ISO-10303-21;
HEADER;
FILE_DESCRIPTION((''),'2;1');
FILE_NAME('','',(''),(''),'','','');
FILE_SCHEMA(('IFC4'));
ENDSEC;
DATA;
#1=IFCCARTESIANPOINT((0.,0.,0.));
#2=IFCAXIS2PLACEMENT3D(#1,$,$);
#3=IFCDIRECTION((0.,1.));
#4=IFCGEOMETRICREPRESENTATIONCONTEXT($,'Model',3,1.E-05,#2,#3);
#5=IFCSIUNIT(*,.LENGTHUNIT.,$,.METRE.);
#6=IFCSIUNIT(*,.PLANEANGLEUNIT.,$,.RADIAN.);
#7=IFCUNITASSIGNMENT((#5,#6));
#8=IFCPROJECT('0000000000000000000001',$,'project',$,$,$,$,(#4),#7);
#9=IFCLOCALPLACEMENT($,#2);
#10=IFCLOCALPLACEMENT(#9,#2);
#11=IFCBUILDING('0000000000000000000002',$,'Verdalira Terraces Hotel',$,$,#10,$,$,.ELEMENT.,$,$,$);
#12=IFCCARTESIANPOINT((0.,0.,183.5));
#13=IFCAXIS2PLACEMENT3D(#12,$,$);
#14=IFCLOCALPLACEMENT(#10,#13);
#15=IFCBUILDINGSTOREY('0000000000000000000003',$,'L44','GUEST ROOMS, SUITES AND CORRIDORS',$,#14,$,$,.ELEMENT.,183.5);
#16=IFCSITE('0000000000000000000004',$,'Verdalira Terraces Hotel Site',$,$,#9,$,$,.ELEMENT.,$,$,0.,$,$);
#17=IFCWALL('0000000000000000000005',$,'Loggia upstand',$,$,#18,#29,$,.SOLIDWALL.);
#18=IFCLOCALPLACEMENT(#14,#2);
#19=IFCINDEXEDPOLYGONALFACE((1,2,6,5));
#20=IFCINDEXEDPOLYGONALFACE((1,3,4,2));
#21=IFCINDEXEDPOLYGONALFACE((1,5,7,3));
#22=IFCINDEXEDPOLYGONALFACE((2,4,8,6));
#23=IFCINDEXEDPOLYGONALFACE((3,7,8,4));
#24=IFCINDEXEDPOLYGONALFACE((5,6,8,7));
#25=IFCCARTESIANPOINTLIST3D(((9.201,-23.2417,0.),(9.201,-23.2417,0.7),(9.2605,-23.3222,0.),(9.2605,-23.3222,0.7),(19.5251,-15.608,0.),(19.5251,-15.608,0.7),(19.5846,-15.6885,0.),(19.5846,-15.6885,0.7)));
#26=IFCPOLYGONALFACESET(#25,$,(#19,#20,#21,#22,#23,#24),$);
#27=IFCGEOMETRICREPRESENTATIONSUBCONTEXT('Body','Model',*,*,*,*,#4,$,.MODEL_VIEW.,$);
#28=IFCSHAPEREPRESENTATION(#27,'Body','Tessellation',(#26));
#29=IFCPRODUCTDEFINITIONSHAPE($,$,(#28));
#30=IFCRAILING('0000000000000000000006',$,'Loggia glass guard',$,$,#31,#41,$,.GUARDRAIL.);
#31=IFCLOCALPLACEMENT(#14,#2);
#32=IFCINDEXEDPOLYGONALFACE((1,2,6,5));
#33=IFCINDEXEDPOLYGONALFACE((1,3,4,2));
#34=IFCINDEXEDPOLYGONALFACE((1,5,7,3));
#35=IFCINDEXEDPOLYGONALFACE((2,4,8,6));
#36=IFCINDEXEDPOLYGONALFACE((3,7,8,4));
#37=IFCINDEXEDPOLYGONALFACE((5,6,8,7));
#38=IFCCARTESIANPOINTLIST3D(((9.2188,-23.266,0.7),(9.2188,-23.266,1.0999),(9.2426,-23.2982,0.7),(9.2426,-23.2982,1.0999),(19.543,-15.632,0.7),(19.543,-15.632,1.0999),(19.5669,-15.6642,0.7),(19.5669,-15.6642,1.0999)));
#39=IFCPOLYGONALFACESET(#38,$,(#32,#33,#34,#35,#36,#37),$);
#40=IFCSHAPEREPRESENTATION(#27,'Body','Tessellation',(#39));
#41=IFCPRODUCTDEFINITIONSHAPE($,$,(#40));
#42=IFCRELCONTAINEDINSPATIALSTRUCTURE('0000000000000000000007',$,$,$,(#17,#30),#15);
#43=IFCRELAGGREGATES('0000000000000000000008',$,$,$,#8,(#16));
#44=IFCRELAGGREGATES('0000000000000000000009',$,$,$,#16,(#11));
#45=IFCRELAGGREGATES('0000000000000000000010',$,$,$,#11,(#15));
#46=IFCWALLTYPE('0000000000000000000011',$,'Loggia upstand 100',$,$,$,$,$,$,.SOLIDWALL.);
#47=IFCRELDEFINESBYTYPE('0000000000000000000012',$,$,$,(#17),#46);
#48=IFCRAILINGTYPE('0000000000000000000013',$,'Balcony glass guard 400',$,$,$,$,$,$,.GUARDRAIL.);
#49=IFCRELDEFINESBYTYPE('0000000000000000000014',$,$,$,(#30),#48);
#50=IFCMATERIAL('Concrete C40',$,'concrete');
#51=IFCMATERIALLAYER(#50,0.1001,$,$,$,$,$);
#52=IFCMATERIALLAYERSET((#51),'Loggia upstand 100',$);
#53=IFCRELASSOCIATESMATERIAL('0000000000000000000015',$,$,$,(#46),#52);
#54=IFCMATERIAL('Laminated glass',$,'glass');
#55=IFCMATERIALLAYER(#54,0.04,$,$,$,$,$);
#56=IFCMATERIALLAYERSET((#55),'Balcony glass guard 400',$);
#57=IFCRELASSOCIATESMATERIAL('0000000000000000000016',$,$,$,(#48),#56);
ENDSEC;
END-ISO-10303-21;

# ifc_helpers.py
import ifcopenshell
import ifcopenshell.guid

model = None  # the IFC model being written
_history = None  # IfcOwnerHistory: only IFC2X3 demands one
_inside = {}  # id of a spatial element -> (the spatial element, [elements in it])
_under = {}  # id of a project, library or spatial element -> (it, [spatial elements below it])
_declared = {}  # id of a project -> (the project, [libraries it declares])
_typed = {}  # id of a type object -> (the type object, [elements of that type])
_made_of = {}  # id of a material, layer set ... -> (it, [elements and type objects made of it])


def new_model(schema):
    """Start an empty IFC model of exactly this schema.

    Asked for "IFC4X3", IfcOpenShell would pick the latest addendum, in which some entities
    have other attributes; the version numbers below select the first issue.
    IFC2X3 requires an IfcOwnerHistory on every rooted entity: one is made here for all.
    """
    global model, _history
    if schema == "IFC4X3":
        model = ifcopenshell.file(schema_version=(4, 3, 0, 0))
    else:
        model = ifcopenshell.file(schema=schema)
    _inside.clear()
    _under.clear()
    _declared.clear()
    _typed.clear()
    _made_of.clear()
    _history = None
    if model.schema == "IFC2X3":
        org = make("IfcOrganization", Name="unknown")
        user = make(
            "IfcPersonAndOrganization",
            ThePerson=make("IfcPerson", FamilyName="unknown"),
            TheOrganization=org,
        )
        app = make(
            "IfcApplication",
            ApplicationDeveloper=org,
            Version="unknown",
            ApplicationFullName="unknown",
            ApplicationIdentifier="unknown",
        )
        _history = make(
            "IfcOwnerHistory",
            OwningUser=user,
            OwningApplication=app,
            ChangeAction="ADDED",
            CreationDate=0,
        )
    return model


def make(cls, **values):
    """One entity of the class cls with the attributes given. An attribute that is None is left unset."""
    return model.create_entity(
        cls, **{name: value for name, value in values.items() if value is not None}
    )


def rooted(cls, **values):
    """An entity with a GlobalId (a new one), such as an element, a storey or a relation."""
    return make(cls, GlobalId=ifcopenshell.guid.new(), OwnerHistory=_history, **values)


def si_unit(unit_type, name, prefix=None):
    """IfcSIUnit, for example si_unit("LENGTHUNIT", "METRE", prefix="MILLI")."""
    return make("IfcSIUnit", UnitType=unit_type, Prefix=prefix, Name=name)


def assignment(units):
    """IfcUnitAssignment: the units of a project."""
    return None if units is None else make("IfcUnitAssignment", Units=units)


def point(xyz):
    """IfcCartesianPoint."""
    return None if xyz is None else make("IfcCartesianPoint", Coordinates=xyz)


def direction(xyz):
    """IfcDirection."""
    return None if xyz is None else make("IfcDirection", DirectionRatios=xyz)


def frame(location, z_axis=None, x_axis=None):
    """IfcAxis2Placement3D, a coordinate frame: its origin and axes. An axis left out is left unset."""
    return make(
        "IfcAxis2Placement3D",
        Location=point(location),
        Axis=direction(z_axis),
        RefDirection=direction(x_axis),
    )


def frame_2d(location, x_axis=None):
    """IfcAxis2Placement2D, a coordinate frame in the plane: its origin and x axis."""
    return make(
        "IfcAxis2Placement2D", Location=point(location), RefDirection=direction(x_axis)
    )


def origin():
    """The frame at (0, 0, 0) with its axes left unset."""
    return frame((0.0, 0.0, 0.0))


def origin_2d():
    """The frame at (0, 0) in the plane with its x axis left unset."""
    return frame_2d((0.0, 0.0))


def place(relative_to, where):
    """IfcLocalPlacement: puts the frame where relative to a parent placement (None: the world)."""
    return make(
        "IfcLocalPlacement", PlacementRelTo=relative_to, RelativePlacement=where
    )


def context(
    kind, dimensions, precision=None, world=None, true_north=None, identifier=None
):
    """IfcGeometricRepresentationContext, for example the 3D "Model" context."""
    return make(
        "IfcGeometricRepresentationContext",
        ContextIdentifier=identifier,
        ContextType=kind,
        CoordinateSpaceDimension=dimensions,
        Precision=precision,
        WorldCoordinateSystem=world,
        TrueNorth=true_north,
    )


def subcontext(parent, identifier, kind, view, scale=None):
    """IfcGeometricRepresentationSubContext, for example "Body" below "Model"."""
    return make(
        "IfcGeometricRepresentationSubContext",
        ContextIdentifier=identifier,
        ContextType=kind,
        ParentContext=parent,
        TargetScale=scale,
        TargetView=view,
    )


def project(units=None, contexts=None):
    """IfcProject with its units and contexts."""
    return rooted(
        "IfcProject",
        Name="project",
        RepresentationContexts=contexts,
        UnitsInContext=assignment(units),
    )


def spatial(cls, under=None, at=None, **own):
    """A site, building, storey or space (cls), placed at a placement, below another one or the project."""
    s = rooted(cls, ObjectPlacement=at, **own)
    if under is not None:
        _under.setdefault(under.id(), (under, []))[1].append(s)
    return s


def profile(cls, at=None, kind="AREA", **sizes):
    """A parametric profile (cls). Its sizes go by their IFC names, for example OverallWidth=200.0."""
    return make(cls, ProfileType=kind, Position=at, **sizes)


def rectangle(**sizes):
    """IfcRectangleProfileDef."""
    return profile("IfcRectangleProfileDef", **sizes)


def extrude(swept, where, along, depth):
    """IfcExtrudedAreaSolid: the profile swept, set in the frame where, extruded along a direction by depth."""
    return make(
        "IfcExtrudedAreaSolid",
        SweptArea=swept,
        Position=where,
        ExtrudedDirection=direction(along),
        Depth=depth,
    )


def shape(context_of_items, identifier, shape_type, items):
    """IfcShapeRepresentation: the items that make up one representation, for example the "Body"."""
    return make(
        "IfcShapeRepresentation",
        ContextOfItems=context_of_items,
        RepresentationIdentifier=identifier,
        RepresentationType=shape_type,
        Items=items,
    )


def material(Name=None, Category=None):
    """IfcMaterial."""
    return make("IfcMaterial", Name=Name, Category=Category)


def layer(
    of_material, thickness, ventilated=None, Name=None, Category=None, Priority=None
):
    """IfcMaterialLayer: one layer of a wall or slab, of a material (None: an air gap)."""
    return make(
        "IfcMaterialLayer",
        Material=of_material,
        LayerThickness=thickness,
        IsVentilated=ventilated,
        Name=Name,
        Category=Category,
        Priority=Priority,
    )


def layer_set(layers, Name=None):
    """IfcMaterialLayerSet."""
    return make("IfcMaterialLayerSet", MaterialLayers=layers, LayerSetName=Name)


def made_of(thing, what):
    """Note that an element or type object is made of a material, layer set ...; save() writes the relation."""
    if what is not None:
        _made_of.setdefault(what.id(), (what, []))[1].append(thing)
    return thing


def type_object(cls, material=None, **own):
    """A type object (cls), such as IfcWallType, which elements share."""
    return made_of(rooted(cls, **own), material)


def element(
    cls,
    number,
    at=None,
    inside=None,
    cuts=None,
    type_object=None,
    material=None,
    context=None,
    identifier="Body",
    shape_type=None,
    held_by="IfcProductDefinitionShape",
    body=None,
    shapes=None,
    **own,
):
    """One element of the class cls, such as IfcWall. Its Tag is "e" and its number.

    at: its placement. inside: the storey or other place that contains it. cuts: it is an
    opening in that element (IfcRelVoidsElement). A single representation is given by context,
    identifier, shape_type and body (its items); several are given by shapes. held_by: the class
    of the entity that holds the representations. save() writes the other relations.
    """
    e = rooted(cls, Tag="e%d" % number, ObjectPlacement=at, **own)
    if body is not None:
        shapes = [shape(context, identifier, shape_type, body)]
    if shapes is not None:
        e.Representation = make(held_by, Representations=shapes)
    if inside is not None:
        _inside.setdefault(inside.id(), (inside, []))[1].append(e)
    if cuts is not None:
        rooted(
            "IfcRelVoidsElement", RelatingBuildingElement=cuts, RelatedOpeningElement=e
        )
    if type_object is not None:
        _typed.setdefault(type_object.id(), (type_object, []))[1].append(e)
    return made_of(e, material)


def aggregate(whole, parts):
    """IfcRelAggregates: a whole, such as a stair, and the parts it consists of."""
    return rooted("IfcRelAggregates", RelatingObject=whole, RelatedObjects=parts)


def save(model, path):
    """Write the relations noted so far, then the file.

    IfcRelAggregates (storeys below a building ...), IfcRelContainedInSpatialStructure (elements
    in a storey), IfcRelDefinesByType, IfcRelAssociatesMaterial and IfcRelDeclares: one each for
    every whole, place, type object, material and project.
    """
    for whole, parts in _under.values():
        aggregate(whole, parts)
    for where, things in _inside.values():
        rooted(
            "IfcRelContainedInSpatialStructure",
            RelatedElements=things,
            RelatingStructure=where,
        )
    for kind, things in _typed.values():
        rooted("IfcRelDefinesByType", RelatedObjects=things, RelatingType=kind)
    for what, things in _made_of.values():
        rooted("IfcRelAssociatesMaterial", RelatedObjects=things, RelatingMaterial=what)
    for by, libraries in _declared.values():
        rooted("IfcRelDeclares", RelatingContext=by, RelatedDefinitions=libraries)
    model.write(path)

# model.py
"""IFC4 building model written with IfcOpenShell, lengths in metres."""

from ifc_helpers import new_model, si_unit, direction, frame, frame_2d, origin, origin_2d, place, context, subcontext, project, spatial, rectangle, extrude, material, layer, layer_set, type_object, element, save


model = new_model("IFC4")

# Units and contexts
model_context = context("Model", 3, precision=1e-05, world=origin(), true_north=direction((0.0, 1.0)))
body_context = subcontext(model_context, "Body", "Model", "MODEL_VIEW")
ifc_project = project(units=[si_unit("LENGTHUNIT", "METRE"), si_unit("PLANEANGLEUNIT", "RADIAN")], contexts=[model_context])

# Site, building, storey
site_placement = place(None, origin())
site = spatial("IfcSite", under=ifc_project, at=site_placement, Name="Verdalira Terraces Hotel Site", CompositionType="ELEMENT", RefElevation=0.0)
building_placement = place(site_placement, origin())
building = spatial("IfcBuilding", under=site, at=building_placement, Name="Verdalira Terraces Hotel", CompositionType="ELEMENT")
storey_placement = place(building_placement, frame((0.0, 0.0, 183.5)))
storey = spatial("IfcBuildingStorey", under=building, at=storey_placement, Name="L44", Description="GUEST ROOMS, SUITES AND CORRIDORS", CompositionType="ELEMENT", Elevation=183.5)

# Wall
ifc_material_1 = material(Name="Concrete C40", Category="concrete")
ifc_layer_1 = layer(ifc_material_1, 0.1001)
ifc_layer_set_1 = layer_set([ifc_layer_1], Name="Loggia upstand 100")
wall_type_1 = type_object("IfcWallType", Name="Loggia upstand 100", PredefinedType="SOLIDWALL", material=ifc_layer_set_1)
wall_1_placement = place(storey_placement, frame((9.2307, -23.282, 0.0), z_axis=(0.0, 0.0, 1.0), x_axis=(0.80407, 0.594534, 0.0)))
element("IfcWall", 1, at=wall_1_placement, inside=storey, type_object=wall_type_1, Name="Loggia upstand", PredefinedType="SOLIDWALL", context=body_context, shape_type="SweptSolid", body=[
    extrude(rectangle(XDim=12.8398, YDim=0.1001, at=frame_2d((6.4199, 0.0))), origin(), (0.0, 0.0, 1.0), 0.7),
])

# Railing
ifc_material_2 = material(Name="Laminated glass", Category="glass")
ifc_layer_2 = layer(ifc_material_2, 0.04)
ifc_layer_set_2 = layer_set([ifc_layer_2], Name="Balcony glass guard 400")
railing_type_1 = type_object("IfcRailingType", Name="Balcony glass guard 400", PredefinedType="GUARDRAIL", material=ifc_layer_set_2)
railing_1_placement = place(storey_placement, frame((14.3928, -19.4651, 0.7), z_axis=(0.0, 0.0, 1.0), x_axis=(0.804064, 0.594542, 0.0)))
element("IfcRailing", 2, at=railing_1_placement, inside=storey, type_object=railing_type_1, Name="Loggia glass guard", PredefinedType="GUARDRAIL", context=body_context, shape_type="SweptSolid", body=[
    extrude(rectangle(XDim=12.8401, YDim=0.04, at=origin_2d()), origin(), (0.0, 0.0, 1.0), 0.3999),
])

save(model, "model.ifc")
